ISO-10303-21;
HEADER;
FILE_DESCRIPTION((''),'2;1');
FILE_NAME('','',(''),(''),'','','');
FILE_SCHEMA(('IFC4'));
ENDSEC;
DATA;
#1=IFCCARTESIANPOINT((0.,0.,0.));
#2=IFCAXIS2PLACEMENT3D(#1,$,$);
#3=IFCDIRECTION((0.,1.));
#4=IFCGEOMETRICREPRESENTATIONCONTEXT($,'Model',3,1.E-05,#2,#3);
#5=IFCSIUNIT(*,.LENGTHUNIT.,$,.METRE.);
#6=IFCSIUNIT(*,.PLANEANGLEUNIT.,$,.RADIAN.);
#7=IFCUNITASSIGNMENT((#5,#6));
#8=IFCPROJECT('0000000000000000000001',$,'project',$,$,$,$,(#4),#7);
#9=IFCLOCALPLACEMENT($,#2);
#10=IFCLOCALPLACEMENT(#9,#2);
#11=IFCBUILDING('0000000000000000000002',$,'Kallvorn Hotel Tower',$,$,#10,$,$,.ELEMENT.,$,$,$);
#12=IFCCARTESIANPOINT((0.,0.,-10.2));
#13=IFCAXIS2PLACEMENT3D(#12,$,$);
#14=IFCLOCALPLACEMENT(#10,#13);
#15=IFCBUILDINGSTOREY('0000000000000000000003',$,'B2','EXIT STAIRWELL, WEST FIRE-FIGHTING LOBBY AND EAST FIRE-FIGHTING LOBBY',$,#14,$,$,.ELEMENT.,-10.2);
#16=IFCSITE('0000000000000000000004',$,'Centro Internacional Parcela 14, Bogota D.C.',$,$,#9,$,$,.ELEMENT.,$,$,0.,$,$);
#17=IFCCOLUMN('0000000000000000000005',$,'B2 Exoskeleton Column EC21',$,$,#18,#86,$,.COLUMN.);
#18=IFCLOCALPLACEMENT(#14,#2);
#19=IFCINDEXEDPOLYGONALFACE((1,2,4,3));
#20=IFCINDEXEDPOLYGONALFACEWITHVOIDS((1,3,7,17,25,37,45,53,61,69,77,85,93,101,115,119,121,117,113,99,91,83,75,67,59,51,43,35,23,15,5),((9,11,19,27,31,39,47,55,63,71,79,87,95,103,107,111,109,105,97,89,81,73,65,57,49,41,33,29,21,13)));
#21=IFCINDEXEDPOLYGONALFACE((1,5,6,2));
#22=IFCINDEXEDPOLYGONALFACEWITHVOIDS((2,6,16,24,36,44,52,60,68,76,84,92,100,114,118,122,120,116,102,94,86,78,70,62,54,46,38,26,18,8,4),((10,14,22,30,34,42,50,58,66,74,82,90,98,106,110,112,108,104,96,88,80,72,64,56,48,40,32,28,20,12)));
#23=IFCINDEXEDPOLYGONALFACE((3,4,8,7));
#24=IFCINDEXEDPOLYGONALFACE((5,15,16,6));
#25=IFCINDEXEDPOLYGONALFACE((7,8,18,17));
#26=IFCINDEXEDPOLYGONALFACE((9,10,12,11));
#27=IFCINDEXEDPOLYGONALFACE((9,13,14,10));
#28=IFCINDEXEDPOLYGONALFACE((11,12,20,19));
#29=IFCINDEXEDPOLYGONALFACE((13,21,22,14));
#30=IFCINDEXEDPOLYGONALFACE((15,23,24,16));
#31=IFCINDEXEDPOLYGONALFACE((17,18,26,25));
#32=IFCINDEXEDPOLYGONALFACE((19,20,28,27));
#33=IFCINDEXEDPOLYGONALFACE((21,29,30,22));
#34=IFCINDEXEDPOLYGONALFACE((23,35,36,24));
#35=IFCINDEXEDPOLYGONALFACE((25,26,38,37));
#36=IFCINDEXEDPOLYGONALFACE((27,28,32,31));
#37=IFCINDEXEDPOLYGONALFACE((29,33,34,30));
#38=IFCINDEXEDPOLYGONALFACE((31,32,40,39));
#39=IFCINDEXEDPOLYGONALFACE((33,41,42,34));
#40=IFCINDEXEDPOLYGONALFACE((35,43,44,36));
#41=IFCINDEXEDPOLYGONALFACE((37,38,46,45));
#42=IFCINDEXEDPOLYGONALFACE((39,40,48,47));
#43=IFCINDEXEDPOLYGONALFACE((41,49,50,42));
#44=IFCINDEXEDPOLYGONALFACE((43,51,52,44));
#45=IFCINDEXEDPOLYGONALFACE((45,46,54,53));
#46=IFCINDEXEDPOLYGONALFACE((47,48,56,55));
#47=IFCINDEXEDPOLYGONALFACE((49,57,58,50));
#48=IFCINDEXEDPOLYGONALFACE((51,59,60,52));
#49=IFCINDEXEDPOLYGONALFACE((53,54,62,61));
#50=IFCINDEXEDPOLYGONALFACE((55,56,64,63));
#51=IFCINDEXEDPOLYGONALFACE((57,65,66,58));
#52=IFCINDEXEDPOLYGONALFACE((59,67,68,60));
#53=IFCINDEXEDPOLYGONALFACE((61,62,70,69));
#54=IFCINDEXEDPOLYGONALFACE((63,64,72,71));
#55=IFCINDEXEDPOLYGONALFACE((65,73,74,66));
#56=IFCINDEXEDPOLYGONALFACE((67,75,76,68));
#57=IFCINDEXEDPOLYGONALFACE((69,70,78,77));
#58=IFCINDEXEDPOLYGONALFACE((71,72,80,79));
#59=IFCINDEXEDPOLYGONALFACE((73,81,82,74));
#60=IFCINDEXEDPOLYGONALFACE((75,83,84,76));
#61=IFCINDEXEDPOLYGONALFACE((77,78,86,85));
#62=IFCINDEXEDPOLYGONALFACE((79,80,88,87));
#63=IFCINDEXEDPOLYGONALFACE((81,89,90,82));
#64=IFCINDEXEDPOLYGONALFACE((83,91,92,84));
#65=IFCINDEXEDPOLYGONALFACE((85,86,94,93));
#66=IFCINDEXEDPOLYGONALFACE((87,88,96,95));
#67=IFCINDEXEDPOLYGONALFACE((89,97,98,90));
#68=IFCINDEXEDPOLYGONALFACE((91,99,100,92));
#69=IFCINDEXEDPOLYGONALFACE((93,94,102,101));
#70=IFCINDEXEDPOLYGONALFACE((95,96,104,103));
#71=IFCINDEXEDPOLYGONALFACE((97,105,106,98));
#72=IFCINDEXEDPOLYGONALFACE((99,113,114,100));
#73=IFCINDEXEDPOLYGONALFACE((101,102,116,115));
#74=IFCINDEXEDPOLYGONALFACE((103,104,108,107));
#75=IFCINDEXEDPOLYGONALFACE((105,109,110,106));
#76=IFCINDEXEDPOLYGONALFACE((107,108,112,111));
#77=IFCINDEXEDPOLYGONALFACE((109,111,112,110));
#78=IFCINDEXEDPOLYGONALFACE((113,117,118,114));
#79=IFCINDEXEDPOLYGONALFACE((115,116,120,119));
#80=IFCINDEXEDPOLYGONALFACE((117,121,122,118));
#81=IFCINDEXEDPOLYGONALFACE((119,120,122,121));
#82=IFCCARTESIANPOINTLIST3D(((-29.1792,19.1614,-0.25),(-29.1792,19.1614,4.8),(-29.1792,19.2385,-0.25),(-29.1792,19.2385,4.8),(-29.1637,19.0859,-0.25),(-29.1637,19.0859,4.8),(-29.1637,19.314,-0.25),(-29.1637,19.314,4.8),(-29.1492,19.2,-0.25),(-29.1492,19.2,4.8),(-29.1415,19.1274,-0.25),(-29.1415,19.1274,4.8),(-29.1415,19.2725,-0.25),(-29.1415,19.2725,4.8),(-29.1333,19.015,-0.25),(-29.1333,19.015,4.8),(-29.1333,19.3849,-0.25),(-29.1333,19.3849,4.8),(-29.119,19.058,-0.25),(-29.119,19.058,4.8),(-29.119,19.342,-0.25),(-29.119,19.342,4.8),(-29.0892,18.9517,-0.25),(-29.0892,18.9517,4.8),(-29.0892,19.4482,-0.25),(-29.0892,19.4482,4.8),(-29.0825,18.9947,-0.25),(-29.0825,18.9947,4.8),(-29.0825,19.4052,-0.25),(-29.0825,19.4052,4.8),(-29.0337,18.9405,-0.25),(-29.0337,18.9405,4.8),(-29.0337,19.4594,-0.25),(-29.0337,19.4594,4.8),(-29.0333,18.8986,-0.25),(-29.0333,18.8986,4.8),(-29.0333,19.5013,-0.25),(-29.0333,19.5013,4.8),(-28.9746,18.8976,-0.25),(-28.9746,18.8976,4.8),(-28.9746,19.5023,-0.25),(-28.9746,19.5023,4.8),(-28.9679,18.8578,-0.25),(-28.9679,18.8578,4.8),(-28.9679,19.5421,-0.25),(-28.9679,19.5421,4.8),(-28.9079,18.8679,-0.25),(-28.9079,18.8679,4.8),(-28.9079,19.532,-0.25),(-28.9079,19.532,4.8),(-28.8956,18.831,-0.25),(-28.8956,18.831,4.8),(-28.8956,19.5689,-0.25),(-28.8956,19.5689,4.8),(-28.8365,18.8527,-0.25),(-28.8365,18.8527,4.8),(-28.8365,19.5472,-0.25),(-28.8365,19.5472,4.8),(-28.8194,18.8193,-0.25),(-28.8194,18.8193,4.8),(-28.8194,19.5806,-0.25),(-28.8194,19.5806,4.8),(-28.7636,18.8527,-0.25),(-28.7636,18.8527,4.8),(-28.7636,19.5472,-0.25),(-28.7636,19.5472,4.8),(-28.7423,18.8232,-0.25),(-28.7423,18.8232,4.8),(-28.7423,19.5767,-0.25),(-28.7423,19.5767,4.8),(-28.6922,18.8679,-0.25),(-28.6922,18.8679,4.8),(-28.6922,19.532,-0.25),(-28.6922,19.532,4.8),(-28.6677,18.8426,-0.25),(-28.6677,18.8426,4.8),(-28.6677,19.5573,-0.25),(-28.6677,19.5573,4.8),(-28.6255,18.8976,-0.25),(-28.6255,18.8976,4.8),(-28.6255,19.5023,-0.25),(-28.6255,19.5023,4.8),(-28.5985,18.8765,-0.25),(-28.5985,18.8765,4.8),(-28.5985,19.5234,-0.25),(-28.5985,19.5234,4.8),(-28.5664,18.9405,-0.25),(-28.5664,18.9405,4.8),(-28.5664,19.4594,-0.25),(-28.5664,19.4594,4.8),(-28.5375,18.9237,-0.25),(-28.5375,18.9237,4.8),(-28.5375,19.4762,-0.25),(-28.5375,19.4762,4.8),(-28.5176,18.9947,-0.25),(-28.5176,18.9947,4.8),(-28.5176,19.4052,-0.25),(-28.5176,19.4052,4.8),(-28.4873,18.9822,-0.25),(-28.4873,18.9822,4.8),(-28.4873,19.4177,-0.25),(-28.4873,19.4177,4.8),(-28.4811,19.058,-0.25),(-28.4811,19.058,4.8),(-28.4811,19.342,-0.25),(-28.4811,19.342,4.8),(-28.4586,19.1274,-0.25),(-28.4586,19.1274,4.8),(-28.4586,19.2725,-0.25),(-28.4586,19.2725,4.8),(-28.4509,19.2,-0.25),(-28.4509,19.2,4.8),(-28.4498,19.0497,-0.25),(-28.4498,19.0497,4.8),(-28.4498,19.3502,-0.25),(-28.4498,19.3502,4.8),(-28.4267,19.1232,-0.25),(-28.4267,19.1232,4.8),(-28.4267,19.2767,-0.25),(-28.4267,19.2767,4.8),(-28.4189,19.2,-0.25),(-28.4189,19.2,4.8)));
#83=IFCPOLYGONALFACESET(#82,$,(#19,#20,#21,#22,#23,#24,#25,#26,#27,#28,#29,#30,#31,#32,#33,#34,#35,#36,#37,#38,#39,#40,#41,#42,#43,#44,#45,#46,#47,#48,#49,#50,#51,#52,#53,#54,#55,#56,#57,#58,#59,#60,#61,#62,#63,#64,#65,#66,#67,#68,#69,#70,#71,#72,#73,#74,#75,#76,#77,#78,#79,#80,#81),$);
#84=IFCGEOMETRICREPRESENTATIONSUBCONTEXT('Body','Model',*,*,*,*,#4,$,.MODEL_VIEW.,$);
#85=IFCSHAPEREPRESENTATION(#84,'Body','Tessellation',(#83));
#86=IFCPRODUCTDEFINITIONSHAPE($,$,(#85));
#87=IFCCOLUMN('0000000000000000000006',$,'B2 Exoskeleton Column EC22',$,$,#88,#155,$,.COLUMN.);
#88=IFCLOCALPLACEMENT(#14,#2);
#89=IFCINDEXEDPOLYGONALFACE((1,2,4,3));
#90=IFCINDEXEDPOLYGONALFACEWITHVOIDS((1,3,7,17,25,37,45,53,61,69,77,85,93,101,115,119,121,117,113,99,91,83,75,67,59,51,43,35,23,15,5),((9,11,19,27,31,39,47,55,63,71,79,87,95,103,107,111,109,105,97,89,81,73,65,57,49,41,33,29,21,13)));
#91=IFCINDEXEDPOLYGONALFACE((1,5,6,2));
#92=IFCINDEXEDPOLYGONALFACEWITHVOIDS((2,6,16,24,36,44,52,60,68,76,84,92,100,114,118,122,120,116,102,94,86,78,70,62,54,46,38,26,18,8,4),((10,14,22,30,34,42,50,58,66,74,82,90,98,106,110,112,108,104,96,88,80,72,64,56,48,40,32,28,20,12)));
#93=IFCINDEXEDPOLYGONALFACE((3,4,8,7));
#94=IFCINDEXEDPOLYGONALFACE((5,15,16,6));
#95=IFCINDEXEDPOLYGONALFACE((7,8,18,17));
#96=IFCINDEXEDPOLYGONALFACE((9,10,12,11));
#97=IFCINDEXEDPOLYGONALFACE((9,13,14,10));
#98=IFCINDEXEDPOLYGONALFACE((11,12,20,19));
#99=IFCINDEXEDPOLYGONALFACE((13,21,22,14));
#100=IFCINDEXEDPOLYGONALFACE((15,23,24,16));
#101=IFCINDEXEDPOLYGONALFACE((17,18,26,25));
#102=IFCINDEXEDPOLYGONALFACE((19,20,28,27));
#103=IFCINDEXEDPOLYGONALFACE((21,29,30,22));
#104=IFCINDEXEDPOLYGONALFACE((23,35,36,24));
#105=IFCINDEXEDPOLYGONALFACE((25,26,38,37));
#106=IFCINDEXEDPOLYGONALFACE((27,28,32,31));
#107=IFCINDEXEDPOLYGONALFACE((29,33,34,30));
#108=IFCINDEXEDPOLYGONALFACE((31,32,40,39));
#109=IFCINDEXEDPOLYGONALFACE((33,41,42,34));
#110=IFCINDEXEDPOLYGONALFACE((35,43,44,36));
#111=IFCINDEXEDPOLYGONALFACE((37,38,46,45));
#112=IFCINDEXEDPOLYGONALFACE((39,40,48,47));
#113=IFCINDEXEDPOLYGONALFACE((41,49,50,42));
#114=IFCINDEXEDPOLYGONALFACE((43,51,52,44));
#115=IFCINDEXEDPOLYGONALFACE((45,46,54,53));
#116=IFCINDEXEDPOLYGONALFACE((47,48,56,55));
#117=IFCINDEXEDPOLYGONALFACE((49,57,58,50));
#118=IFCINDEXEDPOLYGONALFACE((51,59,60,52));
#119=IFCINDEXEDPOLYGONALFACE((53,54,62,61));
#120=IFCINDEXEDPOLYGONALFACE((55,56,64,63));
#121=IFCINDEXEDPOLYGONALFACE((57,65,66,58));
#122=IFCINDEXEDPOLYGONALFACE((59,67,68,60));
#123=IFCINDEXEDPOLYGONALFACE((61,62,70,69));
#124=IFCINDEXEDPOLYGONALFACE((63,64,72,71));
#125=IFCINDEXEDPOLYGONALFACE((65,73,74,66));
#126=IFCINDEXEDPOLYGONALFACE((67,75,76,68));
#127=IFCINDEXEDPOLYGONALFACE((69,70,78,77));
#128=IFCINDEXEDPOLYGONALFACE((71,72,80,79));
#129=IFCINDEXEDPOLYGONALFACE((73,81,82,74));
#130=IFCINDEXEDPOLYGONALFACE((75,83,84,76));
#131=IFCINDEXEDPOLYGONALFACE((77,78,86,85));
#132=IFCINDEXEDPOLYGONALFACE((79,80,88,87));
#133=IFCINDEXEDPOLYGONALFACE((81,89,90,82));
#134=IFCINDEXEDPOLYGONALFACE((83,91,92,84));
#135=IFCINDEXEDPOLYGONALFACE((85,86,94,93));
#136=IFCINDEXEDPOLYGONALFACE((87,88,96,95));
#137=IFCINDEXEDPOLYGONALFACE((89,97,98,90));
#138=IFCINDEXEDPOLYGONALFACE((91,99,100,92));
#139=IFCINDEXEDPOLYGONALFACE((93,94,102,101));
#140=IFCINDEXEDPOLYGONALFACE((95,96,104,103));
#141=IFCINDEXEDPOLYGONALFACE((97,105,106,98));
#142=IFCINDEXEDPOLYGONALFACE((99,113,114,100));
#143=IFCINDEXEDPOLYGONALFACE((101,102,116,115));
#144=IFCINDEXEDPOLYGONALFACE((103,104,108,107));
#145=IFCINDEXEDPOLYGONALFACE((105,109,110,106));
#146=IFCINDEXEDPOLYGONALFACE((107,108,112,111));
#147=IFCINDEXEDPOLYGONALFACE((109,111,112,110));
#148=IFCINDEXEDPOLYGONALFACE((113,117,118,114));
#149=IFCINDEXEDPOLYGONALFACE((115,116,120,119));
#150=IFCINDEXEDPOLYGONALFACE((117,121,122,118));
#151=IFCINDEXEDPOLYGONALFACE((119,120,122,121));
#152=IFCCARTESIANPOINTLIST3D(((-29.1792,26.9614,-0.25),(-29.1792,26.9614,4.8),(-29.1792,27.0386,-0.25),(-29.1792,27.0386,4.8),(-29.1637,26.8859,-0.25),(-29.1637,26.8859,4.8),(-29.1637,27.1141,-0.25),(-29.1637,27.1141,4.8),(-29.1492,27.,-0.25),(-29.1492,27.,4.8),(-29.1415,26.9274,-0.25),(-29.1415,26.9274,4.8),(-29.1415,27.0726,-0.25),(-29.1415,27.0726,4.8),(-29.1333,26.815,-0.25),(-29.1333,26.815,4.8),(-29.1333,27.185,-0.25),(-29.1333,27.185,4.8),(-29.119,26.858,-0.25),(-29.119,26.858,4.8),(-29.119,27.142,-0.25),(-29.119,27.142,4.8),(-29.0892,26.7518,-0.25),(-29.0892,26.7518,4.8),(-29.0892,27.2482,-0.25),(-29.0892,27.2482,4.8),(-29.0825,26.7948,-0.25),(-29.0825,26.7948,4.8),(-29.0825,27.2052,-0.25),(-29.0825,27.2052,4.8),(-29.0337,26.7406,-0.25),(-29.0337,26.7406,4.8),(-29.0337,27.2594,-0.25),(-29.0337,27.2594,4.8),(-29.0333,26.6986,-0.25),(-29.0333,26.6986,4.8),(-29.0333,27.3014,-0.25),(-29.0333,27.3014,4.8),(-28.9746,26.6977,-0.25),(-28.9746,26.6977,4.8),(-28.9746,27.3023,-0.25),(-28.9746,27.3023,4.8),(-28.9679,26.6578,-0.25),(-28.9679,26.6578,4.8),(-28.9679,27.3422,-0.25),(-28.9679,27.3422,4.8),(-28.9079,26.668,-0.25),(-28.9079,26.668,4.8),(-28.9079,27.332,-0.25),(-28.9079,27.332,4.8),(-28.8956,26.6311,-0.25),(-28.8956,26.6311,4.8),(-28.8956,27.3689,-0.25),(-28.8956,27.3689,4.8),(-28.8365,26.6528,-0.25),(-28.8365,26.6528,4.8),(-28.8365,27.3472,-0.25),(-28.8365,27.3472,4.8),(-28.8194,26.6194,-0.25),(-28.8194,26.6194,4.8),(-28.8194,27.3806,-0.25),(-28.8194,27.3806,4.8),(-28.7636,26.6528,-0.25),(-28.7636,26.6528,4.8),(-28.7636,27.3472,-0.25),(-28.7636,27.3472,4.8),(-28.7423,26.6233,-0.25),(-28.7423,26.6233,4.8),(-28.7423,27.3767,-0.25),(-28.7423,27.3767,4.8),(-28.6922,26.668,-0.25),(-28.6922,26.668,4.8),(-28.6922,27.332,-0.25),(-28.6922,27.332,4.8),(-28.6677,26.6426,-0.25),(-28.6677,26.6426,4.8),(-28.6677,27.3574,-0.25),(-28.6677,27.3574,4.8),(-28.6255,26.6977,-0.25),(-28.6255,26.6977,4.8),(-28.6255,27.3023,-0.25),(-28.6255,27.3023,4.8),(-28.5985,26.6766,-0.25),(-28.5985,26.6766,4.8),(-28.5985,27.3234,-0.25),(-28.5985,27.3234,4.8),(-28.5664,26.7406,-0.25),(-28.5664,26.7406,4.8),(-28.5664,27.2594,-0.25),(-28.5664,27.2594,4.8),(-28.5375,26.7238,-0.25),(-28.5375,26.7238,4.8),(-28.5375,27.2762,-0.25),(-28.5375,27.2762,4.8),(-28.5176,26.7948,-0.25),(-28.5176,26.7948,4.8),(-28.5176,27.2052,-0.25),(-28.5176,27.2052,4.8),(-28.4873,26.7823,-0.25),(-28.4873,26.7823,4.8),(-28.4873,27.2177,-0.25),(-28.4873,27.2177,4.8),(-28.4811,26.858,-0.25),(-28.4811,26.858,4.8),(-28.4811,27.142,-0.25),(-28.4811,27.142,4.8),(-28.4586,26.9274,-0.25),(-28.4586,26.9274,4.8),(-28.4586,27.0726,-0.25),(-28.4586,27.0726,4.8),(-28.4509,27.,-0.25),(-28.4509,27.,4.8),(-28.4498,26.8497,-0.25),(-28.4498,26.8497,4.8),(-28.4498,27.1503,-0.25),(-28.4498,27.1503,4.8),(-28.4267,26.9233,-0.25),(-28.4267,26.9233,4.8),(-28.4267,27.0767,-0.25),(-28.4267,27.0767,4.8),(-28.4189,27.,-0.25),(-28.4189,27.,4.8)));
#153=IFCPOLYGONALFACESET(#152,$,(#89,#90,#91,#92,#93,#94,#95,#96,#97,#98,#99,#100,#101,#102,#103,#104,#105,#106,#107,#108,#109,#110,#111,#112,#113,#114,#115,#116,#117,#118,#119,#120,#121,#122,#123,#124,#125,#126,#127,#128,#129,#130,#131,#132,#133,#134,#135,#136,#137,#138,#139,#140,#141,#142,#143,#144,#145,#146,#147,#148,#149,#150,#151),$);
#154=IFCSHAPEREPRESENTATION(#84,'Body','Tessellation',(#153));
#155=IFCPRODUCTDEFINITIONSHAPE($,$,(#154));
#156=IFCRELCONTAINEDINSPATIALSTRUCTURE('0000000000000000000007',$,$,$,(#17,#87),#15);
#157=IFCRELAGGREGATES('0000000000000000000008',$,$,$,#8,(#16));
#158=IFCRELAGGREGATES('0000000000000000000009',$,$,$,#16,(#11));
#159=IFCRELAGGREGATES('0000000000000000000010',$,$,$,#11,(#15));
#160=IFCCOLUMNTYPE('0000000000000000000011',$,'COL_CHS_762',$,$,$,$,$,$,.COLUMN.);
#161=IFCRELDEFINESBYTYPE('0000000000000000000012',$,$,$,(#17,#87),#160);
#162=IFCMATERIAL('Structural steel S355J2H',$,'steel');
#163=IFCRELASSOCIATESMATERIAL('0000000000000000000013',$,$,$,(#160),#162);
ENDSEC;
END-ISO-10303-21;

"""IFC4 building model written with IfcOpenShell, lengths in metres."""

from ifc_helpers import new_model, si_unit, direction, frame, origin, origin_2d, place, context, subcontext, project, spatial, hollow_circle, extrude, material, material_profile, profile_set, type_object, element, save


model = new_model("IFC4")

# Units and contexts
model_context = context("Model", 3, precision=1e-05, world=origin(), true_north=direction((0.0, 1.0)))
body_context = subcontext(model_context, "Body", "Model", "MODEL_VIEW")
ifc_project = project(units=[si_unit("LENGTHUNIT", "METRE"), si_unit("PLANEANGLEUNIT", "RADIAN")], contexts=[model_context])

# Site, building, storey
site_placement = place(None, origin())
site = spatial("IfcSite", under=ifc_project, at=site_placement, Name="Centro Internacional Parcela 14, Bogota D.C.", CompositionType="ELEMENT", RefElevation=0.0)
building_placement = place(site_placement, origin())
building = spatial("IfcBuilding", under=site, at=building_placement, Name="Kallvorn Hotel Tower", CompositionType="ELEMENT")
storey_placement = place(building_placement, frame((0.0, 0.0, -10.2)))
storey = spatial("IfcBuildingStorey", under=building, at=storey_placement, Name="B2", Description="EXIT STAIRWELL, WEST FIRE-FIGHTING LOBBY AND EAST FIRE-FIGHTING LOBBY", CompositionType="ELEMENT", Elevation=-10.2)

# Columns
ifc_material_1 = material(Name="Structural steel S355J2H", Category="steel")
ifc_material_profile_1 = material_profile(ifc_material_1, hollow_circle(Radius=0.3811, WallThickness=0.032, at=origin_2d()), Name="CHS 762x32")
ifc_profile_set_1 = profile_set([ifc_material_profile_1], Name="Structural steel S355J2H")
column_type_1 = type_object("IfcColumnType", Name="COL_CHS_762", PredefinedType="COLUMN", material=ifc_profile_set_1)
for number, where, z_axis, x_axis, name in (
    (1, (-28.8, 19.2, -0.25), (0.0, 0.0, 1.0), (1.0, 0.0, 0.0), "B2 Exoskeleton Column EC21"),
    (2, (-28.8, 27.0, -0.25), (0.0, 0.0, 1.0), (1.0, 0.0, 0.0), "B2 Exoskeleton Column EC22"),
):
    element("IfcColumn", number, at=place(storey_placement, frame(where, z_axis=z_axis, x_axis=x_axis)), inside=storey, type_object=column_type_1, Name=name, PredefinedType="COLUMN", context=body_context, shape_type="SweptSolid", body=[
        extrude(hollow_circle(Radius=0.3811, WallThickness=0.032, at=origin_2d()), origin(), (0.0, 0.0, 1.0), 5.05),
    ])

save(model, "model.ifc")
